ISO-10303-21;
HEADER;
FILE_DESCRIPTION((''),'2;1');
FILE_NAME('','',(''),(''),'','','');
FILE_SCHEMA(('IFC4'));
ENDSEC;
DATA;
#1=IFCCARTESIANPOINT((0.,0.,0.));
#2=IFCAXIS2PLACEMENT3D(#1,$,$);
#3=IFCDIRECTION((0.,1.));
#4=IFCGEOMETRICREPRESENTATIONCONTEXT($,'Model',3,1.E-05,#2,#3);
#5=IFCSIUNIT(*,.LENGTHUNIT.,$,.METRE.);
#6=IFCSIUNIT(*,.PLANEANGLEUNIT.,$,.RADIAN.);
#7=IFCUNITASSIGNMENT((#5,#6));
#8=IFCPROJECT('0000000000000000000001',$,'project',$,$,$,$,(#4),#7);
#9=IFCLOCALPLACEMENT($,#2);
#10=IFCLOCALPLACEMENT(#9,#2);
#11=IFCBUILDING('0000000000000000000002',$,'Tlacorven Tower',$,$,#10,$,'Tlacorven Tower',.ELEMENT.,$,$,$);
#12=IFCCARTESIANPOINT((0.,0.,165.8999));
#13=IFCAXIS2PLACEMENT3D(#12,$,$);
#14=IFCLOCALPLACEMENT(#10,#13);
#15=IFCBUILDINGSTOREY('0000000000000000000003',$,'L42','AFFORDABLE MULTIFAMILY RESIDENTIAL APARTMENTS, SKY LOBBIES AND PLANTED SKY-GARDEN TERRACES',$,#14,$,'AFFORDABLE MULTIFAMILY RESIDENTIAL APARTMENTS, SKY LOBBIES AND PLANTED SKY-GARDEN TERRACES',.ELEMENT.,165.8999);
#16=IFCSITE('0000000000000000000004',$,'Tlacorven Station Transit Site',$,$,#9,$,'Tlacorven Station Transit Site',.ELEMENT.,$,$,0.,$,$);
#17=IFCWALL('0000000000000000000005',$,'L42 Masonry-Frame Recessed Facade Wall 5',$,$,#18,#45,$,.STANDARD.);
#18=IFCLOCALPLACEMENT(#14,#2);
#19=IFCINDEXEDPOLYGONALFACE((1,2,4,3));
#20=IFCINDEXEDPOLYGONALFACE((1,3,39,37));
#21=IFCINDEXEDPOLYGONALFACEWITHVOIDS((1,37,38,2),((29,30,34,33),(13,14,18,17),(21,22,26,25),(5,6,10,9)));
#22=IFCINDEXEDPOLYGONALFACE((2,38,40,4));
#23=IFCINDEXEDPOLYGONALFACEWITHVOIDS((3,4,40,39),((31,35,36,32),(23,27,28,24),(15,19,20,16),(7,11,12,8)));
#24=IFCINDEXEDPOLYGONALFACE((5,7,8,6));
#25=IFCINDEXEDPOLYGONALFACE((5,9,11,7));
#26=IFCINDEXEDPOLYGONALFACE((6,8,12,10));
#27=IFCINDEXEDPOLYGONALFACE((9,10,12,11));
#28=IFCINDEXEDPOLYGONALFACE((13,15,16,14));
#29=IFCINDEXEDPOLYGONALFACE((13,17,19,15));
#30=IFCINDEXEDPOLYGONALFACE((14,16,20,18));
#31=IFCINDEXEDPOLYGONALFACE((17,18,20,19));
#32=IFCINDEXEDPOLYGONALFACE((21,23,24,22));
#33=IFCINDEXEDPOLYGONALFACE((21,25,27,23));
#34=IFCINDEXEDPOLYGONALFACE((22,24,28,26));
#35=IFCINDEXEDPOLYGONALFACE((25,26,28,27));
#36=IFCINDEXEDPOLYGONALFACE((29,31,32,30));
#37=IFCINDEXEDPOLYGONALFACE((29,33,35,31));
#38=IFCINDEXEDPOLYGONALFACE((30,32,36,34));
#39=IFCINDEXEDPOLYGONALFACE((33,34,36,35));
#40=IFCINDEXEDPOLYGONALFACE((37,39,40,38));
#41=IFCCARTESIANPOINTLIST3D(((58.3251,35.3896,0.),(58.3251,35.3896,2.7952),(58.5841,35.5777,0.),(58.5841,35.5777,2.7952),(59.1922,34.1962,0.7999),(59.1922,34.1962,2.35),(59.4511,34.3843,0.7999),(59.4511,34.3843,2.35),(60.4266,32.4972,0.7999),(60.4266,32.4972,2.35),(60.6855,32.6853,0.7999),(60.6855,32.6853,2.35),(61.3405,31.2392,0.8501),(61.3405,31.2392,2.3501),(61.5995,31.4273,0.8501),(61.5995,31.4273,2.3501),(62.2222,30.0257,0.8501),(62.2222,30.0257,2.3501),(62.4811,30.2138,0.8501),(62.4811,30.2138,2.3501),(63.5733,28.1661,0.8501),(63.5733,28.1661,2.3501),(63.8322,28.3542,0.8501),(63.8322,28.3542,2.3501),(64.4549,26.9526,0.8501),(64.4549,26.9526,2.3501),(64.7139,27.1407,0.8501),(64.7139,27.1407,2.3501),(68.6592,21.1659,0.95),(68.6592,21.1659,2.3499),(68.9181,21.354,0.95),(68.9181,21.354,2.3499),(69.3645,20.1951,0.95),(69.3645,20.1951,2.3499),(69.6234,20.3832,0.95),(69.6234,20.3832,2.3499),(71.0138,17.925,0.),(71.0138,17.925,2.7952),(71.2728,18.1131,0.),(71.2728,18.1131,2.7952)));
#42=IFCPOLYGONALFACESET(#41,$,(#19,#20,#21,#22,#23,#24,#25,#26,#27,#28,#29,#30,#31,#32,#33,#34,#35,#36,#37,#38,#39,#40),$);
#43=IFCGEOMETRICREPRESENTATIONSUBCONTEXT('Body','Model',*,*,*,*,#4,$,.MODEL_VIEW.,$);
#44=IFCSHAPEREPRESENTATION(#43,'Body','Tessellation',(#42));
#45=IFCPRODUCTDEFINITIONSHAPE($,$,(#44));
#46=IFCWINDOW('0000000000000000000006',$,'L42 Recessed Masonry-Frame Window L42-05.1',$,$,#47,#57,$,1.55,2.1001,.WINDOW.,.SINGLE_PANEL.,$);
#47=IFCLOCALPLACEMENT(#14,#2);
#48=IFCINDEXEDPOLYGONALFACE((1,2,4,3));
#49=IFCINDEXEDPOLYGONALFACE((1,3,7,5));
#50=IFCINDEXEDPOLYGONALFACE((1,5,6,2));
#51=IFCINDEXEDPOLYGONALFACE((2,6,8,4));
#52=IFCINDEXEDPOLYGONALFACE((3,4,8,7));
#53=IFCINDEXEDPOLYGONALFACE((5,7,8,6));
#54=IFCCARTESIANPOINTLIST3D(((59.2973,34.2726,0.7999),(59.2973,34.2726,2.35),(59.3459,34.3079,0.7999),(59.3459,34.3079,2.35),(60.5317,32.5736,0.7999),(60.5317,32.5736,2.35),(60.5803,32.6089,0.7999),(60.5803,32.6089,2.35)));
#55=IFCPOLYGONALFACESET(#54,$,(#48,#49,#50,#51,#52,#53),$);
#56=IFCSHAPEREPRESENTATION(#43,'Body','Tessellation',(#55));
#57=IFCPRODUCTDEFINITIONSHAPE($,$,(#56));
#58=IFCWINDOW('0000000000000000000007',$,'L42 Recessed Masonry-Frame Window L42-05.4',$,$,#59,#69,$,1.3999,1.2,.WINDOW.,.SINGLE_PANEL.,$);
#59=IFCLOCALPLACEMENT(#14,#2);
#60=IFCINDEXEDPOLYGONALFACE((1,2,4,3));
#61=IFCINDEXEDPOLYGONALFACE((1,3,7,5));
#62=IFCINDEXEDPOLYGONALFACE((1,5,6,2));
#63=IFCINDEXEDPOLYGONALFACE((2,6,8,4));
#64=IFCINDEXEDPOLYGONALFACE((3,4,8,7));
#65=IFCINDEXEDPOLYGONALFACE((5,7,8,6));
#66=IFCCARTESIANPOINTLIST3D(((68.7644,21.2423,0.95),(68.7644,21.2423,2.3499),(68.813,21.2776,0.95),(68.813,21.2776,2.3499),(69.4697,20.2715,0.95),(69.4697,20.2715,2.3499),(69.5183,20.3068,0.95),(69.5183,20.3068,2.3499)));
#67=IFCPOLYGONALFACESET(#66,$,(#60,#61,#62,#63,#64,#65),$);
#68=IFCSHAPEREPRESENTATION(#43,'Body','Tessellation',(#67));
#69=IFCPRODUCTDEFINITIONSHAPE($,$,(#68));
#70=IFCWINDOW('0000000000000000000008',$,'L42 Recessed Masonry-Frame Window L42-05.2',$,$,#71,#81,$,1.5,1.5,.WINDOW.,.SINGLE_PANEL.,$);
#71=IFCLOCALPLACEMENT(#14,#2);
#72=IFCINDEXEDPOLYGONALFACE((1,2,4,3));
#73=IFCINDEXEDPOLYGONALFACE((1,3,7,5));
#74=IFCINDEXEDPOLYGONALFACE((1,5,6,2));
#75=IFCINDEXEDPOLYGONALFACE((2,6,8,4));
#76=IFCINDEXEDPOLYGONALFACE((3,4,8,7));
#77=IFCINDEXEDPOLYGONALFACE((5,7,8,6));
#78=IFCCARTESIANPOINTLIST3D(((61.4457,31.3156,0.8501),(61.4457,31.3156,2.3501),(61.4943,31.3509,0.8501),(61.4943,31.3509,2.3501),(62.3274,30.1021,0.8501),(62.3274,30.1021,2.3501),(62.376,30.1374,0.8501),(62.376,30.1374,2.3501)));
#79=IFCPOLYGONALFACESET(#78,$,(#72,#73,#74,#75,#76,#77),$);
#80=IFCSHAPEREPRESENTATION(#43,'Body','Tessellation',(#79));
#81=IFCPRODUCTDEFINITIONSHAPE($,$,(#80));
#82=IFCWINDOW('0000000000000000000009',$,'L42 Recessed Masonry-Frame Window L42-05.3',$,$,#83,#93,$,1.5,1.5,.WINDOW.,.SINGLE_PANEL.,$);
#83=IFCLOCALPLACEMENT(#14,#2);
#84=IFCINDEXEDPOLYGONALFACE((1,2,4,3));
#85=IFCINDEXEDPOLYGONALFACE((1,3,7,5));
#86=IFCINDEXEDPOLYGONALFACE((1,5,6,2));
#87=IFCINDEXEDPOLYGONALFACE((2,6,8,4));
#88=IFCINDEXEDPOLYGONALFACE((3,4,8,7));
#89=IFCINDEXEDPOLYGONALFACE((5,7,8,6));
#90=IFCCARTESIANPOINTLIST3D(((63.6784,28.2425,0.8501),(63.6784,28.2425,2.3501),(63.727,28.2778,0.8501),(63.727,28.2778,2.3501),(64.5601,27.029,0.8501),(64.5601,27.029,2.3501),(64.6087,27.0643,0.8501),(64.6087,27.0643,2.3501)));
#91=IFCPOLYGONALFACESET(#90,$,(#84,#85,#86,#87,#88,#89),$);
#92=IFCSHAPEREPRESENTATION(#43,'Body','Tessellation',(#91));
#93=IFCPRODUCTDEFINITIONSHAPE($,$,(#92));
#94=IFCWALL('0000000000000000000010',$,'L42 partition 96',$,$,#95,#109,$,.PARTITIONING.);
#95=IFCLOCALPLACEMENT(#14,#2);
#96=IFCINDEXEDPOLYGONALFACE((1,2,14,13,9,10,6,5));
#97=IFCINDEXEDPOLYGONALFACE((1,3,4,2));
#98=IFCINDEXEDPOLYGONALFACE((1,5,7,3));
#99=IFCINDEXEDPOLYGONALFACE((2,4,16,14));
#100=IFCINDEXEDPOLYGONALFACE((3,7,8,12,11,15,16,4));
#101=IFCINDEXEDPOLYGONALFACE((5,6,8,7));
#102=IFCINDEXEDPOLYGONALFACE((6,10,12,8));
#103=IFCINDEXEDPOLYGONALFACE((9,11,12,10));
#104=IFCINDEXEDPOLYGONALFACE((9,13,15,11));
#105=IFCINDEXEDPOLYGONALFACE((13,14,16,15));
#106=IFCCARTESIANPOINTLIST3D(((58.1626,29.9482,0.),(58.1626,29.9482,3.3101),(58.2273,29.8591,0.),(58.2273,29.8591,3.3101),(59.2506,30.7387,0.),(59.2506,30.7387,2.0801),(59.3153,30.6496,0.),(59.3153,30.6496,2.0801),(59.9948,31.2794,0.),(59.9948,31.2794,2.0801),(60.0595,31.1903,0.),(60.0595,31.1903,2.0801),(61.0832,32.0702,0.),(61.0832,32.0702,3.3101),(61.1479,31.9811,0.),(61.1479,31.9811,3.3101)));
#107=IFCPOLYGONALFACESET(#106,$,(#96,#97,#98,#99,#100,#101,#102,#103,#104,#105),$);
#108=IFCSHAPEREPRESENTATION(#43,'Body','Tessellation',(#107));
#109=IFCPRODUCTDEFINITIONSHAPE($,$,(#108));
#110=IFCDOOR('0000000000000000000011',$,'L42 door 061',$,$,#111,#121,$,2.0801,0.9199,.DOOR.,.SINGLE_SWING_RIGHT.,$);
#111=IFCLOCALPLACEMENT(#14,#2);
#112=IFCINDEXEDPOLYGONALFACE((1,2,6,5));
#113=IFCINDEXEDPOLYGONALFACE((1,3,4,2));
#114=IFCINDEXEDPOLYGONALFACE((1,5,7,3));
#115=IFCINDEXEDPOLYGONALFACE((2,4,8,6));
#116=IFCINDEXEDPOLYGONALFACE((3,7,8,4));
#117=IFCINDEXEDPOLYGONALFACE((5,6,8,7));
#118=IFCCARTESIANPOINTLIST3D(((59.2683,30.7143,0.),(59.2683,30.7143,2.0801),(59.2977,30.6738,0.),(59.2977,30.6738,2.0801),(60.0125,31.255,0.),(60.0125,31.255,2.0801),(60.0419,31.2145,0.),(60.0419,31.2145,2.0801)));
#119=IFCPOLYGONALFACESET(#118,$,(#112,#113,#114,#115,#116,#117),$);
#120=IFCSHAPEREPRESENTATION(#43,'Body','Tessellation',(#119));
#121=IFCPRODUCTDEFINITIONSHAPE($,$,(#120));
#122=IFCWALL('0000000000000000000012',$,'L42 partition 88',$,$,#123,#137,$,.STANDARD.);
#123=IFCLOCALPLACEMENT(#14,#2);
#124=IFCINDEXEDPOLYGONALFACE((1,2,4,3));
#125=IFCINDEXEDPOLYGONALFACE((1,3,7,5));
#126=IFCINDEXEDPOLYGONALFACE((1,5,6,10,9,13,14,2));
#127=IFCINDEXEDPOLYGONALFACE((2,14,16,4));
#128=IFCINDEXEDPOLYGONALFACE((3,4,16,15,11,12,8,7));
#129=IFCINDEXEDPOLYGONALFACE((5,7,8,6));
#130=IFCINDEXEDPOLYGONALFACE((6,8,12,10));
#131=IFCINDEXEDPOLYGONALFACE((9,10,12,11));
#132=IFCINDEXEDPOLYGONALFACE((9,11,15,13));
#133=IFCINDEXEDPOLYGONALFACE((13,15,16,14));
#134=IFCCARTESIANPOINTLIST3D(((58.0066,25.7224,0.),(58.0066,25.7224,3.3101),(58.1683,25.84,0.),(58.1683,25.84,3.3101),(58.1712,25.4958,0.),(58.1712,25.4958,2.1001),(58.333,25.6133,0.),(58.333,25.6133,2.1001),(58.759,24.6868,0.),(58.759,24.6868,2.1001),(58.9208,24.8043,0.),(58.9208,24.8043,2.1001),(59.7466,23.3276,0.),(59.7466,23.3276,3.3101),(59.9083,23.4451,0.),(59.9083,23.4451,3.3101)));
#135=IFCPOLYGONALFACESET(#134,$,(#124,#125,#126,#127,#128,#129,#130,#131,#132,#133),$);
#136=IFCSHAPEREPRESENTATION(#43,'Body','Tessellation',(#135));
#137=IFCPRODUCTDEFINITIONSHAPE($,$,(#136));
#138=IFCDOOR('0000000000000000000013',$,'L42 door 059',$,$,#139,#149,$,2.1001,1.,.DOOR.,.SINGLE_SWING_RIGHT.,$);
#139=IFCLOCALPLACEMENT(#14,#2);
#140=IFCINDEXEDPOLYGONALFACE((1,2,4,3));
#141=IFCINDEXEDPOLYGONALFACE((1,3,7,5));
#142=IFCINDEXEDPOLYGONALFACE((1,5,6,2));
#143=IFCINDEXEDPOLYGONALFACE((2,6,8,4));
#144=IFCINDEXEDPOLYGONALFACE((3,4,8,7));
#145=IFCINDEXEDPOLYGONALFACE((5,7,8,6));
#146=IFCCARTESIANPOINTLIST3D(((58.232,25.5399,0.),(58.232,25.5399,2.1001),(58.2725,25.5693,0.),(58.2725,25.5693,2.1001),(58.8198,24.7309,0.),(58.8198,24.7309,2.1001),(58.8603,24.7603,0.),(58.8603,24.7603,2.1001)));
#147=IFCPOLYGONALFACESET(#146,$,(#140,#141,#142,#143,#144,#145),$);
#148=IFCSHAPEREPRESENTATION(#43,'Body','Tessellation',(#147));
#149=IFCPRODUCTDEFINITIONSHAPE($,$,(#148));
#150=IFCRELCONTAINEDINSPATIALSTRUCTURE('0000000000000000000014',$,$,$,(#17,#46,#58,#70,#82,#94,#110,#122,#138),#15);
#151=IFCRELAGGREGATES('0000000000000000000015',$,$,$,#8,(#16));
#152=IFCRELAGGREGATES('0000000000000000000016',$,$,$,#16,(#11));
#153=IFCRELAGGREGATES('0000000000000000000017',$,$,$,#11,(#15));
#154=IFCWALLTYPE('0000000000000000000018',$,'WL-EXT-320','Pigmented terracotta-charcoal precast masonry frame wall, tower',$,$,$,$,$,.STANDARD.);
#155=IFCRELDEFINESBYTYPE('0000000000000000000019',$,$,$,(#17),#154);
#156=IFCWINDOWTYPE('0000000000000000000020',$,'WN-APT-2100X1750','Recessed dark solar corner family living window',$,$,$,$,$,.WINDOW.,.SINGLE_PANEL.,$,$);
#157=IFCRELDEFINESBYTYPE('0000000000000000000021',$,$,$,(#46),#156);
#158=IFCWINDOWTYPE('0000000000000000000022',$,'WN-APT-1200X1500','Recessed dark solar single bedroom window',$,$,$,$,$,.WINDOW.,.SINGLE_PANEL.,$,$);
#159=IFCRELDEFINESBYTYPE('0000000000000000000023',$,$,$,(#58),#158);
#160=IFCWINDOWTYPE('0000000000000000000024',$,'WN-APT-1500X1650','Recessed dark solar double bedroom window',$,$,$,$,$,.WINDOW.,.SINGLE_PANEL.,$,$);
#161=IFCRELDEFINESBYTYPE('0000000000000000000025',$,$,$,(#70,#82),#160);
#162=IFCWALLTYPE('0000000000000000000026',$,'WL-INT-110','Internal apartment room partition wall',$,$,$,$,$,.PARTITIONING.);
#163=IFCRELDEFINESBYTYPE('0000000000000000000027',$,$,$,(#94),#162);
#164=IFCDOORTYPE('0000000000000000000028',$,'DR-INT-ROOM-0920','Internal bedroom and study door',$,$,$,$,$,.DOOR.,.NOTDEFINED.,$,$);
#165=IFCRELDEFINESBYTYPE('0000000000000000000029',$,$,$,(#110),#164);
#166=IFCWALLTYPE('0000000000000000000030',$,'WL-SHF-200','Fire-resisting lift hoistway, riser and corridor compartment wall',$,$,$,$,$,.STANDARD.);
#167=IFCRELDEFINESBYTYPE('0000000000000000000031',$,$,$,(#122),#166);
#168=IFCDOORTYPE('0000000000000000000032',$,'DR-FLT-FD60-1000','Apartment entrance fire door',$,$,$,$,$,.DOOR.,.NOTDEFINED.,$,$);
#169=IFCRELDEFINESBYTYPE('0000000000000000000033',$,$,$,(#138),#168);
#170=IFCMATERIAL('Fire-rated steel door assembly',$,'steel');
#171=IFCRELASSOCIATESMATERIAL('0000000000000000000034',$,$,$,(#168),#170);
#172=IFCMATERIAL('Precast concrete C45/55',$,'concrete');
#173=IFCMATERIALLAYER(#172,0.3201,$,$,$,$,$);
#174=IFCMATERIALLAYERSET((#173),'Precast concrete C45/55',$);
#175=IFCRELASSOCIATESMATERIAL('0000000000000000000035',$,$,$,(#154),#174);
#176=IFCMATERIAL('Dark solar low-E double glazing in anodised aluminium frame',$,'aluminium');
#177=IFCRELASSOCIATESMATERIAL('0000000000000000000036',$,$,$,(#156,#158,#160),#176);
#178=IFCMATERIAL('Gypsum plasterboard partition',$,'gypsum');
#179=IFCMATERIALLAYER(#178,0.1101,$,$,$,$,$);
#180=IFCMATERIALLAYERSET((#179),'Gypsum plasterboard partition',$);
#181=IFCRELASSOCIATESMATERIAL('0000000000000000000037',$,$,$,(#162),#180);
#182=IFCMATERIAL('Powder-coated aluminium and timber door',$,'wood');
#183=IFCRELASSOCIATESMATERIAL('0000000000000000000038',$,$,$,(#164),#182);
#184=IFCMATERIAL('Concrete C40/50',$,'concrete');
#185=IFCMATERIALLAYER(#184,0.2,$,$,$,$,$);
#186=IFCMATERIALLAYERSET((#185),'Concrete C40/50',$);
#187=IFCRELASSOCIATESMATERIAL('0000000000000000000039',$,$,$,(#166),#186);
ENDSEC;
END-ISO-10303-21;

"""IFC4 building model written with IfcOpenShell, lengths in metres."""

from ifc_helpers import new_model, si_unit, direction, frame, frame_2d, origin, place, context, subcontext, project, spatial, rectangle, extrude, source, transform, mapped, material, layer, layer_set, type_object, element, fill, save


model = new_model("IFC4")

# Units and contexts
model_context = context("Model", 3, precision=1e-05, world=origin(), true_north=direction((0.0, 1.0)))
body_context = subcontext(model_context, "Body", "Model", "MODEL_VIEW")
ifc_project = project(units=[si_unit("LENGTHUNIT", "METRE"), si_unit("PLANEANGLEUNIT", "RADIAN")], contexts=[model_context])

# Site, building, storey
site_placement = place(None, origin())
site = spatial("IfcSite", under=ifc_project, at=site_placement, Name="Tlacorven Station Transit Site", LongName="Tlacorven Station Transit Site", CompositionType="ELEMENT", RefElevation=0.0)
building_placement = place(site_placement, origin())
building = spatial("IfcBuilding", under=site, at=building_placement, Name="Tlacorven Tower", LongName="Tlacorven Tower", CompositionType="ELEMENT")
storey_placement = place(building_placement, frame((0.0, 0.0, 165.8999)))
storey = spatial("IfcBuildingStorey", under=building, at=storey_placement, Name="L42", Description="AFFORDABLE MULTIFAMILY RESIDENTIAL APARTMENTS, SKY LOBBIES AND PLANTED SKY-GARDEN TERRACES", LongName="AFFORDABLE MULTIFAMILY RESIDENTIAL APARTMENTS, SKY LOBBIES AND PLANTED SKY-GARDEN TERRACES", CompositionType="ELEMENT", Elevation=165.8999)

# Shared definitions
ifc_material_1 = material(Name="Fire-rated steel door assembly", Category="steel")
door_type_1 = type_object("IfcDoorType", Name="DR-FLT-FD60-1000", Description="Apartment entrance fire door", OperationType="NOTDEFINED", PredefinedType="DOOR", material=ifc_material_1)
shared_shape_1 = source(origin(), body_context, "Body", "SweptSolid", [
    extrude(rectangle(XDim=1.0, YDim=2.1001, at=frame_2d((0.5, 1.05))), frame((0.0, 0.0249, 0.0), z_axis=(0.0, -1.0, 0.0), x_axis=(1.0, 0.0, 0.0)), (0.0, 0.0, 1.0), 0.05),
])

# Wall, openings, windows
ifc_material_2 = material(Name="Precast concrete C45/55", Category="concrete")
ifc_layer_1 = layer(ifc_material_2, 0.3201)
ifc_layer_set_1 = layer_set([ifc_layer_1], Name="Precast concrete C45/55")
wall_type_1 = type_object("IfcWallType", Name="WL-EXT-320", Description="Pigmented terracotta-charcoal precast masonry frame wall, tower", PredefinedType="STANDARD", material=ifc_layer_set_1)
wall_1_placement = place(storey_placement, frame((58.4546, 35.4836, 0.0), z_axis=(0.0, 0.0, 1.0), x_axis=(0.587784, -0.809018, 0.0)))
wall_1 = element("IfcWall", 1, at=wall_1_placement, inside=storey, type_object=wall_type_1, Name="L42 Masonry-Frame Recessed Facade Wall 5", PredefinedType="STANDARD", context=body_context, shape_type="SweptSolid", body=[
    extrude(rectangle(XDim=21.5874, YDim=0.3201, at=frame_2d((10.7937, 0.0))), origin(), (0.0, 0.0, 1.0), 2.7952),
])
opening_1_placement = place(wall_1_placement, frame((1.4751, 0.0, 0.8)))
opening_1 = element("IfcOpeningElement", 2, at=opening_1_placement, cuts=wall_1, PredefinedType="OPENING", context=body_context, shape_type="SweptSolid", body=[
    extrude(rectangle(XDim=2.1001, YDim=1.55, at=frame_2d((1.05, 0.7749))), frame((0.0, 0.1699, 0.0), z_axis=(0.0, -1.0, 0.0), x_axis=(1.0, 0.0, 0.0)), (0.0, 0.0, 1.0), 0.3401),
])
opening_2_placement = place(wall_1_placement, frame((5.1301, 0.0, 0.8501)))
opening_2 = element("IfcOpeningElement", 3, at=opening_2_placement, cuts=wall_1, PredefinedType="OPENING", context=body_context, shape_type="SweptSolid", body=[
    extrude(rectangle(XDim=1.5, YDim=1.5, at=frame_2d((0.75, 0.75))), frame((0.0, 0.1699, 0.0), z_axis=(0.0, -1.0, 0.0), x_axis=(1.0, 0.0, 0.0)), (0.0, 0.0, 1.0), 0.3401),
])
opening_3_placement = place(wall_1_placement, frame((8.9287, 0.0, 0.8501)))
opening_3 = element("IfcOpeningElement", 4, at=opening_3_placement, cuts=wall_1, PredefinedType="OPENING", context=body_context, shape_type="SweptSolid", body=[
    extrude(rectangle(XDim=1.5, YDim=1.5, at=frame_2d((0.75, 0.75))), frame((0.0, 0.1699, 0.0), z_axis=(0.0, -1.0, 0.0), x_axis=(1.0, 0.0, 0.0)), (0.0, 0.0, 1.0), 0.3401),
])
opening_4_placement = place(wall_1_placement, frame((17.5813, 0.0, 0.95)))
opening_4 = element("IfcOpeningElement", 5, at=opening_4_placement, cuts=wall_1, PredefinedType="OPENING", context=body_context, shape_type="SweptSolid", body=[
    extrude(rectangle(XDim=1.2, YDim=1.3999, at=frame_2d((0.6001, 0.7))), frame((0.0, 0.1699, 0.0), z_axis=(0.0, -1.0, 0.0), x_axis=(1.0, 0.0, 0.0)), (0.0, 0.0, 1.0), 0.3401),
])
ifc_material_3 = material(Name="Dark solar low-E double glazing in anodised aluminium frame", Category="aluminium")
window_type_1 = type_object("IfcWindowType", Name="WN-APT-2100X1750", Description="Recessed dark solar corner family living window", PartitioningType="SINGLE_PANEL", PredefinedType="WINDOW", material=ifc_material_3)
shared_shape_2 = source(origin(), body_context, "Body", "SweptSolid", [
    extrude(rectangle(XDim=2.1001, YDim=1.55, at=frame_2d((1.05, 0.7749))), frame((0.0, 0.03, 0.0), z_axis=(0.0, -1.0, 0.0), x_axis=(1.0, 0.0, 0.0)), (0.0, 0.0, 1.0), 0.0601),
])
window_1_placement = place(opening_1_placement, origin())
window_1 = element("IfcWindow", 6, at=window_1_placement, inside=storey, type_object=window_type_1, Name="L42 Recessed Masonry-Frame Window L42-05.1", OverallHeight=1.55, OverallWidth=2.1001, PartitioningType="SINGLE_PANEL", PredefinedType="WINDOW", context=body_context, shape_type="MappedRepresentation", body=[
    mapped(shared_shape_2, transform((0.0, 0.0, 0.0), scale=1.0)),
])
fill(opening_1, window_1)
window_type_2 = type_object("IfcWindowType", Name="WN-APT-1200X1500", Description="Recessed dark solar single bedroom window", PartitioningType="SINGLE_PANEL", PredefinedType="WINDOW", material=ifc_material_3)
shared_shape_3 = source(origin(), body_context, "Body", "SweptSolid", [
    extrude(rectangle(XDim=1.2, YDim=1.3999, at=frame_2d((0.6001, 0.7))), frame((0.0, 0.03, 0.0), z_axis=(0.0, -1.0, 0.0), x_axis=(1.0, 0.0, 0.0)), (0.0, 0.0, 1.0), 0.0601),
])
window_2_placement = place(opening_4_placement, origin())
window_2 = element("IfcWindow", 7, at=window_2_placement, inside=storey, type_object=window_type_2, Name="L42 Recessed Masonry-Frame Window L42-05.4", OverallHeight=1.3999, OverallWidth=1.2, PartitioningType="SINGLE_PANEL", PredefinedType="WINDOW", context=body_context, shape_type="MappedRepresentation", body=[
    mapped(shared_shape_3, transform((0.0, 0.0, 0.0), scale=1.0)),
])
fill(opening_4, window_2)
window_type_3 = type_object("IfcWindowType", Name="WN-APT-1500X1650", Description="Recessed dark solar double bedroom window", PartitioningType="SINGLE_PANEL", PredefinedType="WINDOW", material=ifc_material_3)
shared_shape_4 = source(origin(), body_context, "Body", "SweptSolid", [
    extrude(rectangle(XDim=1.5, YDim=1.5, at=frame_2d((0.75, 0.75))), frame((0.0, 0.03, 0.0), z_axis=(0.0, -1.0, 0.0), x_axis=(1.0, 0.0, 0.0)), (0.0, 0.0, 1.0), 0.0601),
])
window_3_placement = place(opening_2_placement, origin())
window_3 = element("IfcWindow", 8, at=window_3_placement, inside=storey, type_object=window_type_3, Name="L42 Recessed Masonry-Frame Window L42-05.2", OverallHeight=1.5, OverallWidth=1.5, PartitioningType="SINGLE_PANEL", PredefinedType="WINDOW", context=body_context, shape_type="MappedRepresentation", body=[
    mapped(shared_shape_4, transform((0.0, 0.0, 0.0), scale=1.0)),
])
fill(opening_2, window_3)
window_4_placement = place(opening_3_placement, origin())
window_4 = element("IfcWindow", 9, at=window_4_placement, inside=storey, type_object=window_type_3, Name="L42 Recessed Masonry-Frame Window L42-05.3", OverallHeight=1.5, OverallWidth=1.5, PartitioningType="SINGLE_PANEL", PredefinedType="WINDOW", context=body_context, shape_type="MappedRepresentation", body=[
    mapped(shared_shape_4, transform((0.0, 0.0, 0.0), scale=1.0)),
])
fill(opening_3, window_4)

# Walls, openings, doors
ifc_material_4 = material(Name="Gypsum plasterboard partition", Category="gypsum")
ifc_layer_2 = layer(ifc_material_4, 0.1101)
ifc_layer_set_2 = layer_set([ifc_layer_2], Name="Gypsum plasterboard partition")
wall_type_2 = type_object("IfcWallType", Name="WL-INT-110", Description="Internal apartment room partition wall", PredefinedType="PARTITIONING", material=ifc_layer_set_2)
wall_2_placement = place(storey_placement, frame((58.1948, 29.9036, 0.0), z_axis=(0.0, 0.0, 1.0), x_axis=(0.809005, 0.587802, 0.0)))
wall_2 = element("IfcWall", 10, at=wall_2_placement, inside=storey, type_object=wall_type_2, Name="L42 partition 96", PredefinedType="PARTITIONING", context=body_context, shape_type="SweptSolid", body=[
    extrude(rectangle(XDim=3.6101, YDim=0.1101, at=frame_2d((1.8052, 0.0))), origin(), (0.0, 0.0, 1.0), 3.3101),
])
opening_5_placement = place(wall_2_placement, frame((1.345, 0.0, 0.0)))
opening_5 = element("IfcOpeningElement", 11, at=opening_5_placement, cuts=wall_2, PredefinedType="OPENING", context=body_context, shape_type="SweptSolid", body=[
    extrude(rectangle(XDim=0.9199, YDim=2.0801, at=frame_2d((0.46, 1.04))), frame((0.0, 0.0649, 0.0), z_axis=(0.0, -1.0, 0.0), x_axis=(1.0, 0.0, 0.0)), (0.0, 0.0, 1.0), 0.1301),
])
ifc_material_5 = material(Name="Powder-coated aluminium and timber door", Category="wood")
door_type_2 = type_object("IfcDoorType", Name="DR-INT-ROOM-0920", Description="Internal bedroom and study door", OperationType="NOTDEFINED", PredefinedType="DOOR", material=ifc_material_5)
shared_shape_5 = source(origin(), body_context, "Body", "SweptSolid", [
    extrude(rectangle(XDim=0.9199, YDim=2.0801, at=frame_2d((0.46, 1.04))), frame((0.0, 0.0249, 0.0), z_axis=(0.0, -1.0, 0.0), x_axis=(1.0, 0.0, 0.0)), (0.0, 0.0, 1.0), 0.05),
])
door_1_placement = place(opening_5_placement, origin())
door_1 = element("IfcDoor", 12, at=door_1_placement, inside=storey, type_object=door_type_2, Name="L42 door 061", OperationType="SINGLE_SWING_RIGHT", OverallHeight=2.0801, OverallWidth=0.9199, PredefinedType="DOOR", context=body_context, shape_type="MappedRepresentation", body=[
    mapped(shared_shape_5, transform((0.0, 0.0, 0.0), scale=1.0)),
])
fill(opening_5, door_1)
ifc_material_6 = material(Name="Concrete C40/50", Category="concrete")
ifc_layer_3 = layer(ifc_material_6, 0.2)
ifc_layer_set_3 = layer_set([ifc_layer_3], Name="Concrete C40/50")
wall_type_3 = type_object("IfcWallType", Name="WL-SHF-200", Description="Fire-resisting lift hoistway, riser and corridor compartment wall", PredefinedType="STANDARD", material=ifc_layer_set_3)
wall_3_placement = place(storey_placement, frame((59.8274, 23.3865, 0.0), z_axis=(0.0, 0.0, 1.0), x_axis=(-0.587804, 0.809003, 0.0)))
wall_3 = element("IfcWall", 13, at=wall_3_placement, inside=storey, type_object=wall_type_3, Name="L42 partition 88", PredefinedType="STANDARD", context=body_context, shape_type="SweptSolid", body=[
    extrude(rectangle(XDim=2.9602, YDim=0.2, at=frame_2d((1.48, 0.0))), origin(), (0.0, 0.0, 1.0), 3.3101),
])
opening_6_placement = place(wall_3_placement, frame((1.6799, 0.0, 0.0)))
opening_6 = element("IfcOpeningElement", 14, at=opening_6_placement, cuts=wall_3, PredefinedType="OPENING", context=body_context, shape_type="SweptSolid", body=[
    extrude(rectangle(XDim=1.0, YDim=2.1001, at=frame_2d((0.5, 1.05))), frame((0.0, 0.1099, 0.0), z_axis=(0.0, -1.0, 0.0), x_axis=(1.0, 0.0, 0.0)), (0.0, 0.0, 1.0), 0.22),
])
door_2_placement = place(opening_6_placement, origin())
door_2 = element("IfcDoor", 15, at=door_2_placement, inside=storey, type_object=door_type_1, Name="L42 door 059", OperationType="SINGLE_SWING_RIGHT", OverallHeight=2.1001, OverallWidth=1.0, PredefinedType="DOOR", context=body_context, shape_type="MappedRepresentation", body=[
    mapped(shared_shape_1, transform((0.0, 0.0, 0.0), scale=1.0)),
])
fill(opening_6, door_2)

save(model, "model.ifc")
